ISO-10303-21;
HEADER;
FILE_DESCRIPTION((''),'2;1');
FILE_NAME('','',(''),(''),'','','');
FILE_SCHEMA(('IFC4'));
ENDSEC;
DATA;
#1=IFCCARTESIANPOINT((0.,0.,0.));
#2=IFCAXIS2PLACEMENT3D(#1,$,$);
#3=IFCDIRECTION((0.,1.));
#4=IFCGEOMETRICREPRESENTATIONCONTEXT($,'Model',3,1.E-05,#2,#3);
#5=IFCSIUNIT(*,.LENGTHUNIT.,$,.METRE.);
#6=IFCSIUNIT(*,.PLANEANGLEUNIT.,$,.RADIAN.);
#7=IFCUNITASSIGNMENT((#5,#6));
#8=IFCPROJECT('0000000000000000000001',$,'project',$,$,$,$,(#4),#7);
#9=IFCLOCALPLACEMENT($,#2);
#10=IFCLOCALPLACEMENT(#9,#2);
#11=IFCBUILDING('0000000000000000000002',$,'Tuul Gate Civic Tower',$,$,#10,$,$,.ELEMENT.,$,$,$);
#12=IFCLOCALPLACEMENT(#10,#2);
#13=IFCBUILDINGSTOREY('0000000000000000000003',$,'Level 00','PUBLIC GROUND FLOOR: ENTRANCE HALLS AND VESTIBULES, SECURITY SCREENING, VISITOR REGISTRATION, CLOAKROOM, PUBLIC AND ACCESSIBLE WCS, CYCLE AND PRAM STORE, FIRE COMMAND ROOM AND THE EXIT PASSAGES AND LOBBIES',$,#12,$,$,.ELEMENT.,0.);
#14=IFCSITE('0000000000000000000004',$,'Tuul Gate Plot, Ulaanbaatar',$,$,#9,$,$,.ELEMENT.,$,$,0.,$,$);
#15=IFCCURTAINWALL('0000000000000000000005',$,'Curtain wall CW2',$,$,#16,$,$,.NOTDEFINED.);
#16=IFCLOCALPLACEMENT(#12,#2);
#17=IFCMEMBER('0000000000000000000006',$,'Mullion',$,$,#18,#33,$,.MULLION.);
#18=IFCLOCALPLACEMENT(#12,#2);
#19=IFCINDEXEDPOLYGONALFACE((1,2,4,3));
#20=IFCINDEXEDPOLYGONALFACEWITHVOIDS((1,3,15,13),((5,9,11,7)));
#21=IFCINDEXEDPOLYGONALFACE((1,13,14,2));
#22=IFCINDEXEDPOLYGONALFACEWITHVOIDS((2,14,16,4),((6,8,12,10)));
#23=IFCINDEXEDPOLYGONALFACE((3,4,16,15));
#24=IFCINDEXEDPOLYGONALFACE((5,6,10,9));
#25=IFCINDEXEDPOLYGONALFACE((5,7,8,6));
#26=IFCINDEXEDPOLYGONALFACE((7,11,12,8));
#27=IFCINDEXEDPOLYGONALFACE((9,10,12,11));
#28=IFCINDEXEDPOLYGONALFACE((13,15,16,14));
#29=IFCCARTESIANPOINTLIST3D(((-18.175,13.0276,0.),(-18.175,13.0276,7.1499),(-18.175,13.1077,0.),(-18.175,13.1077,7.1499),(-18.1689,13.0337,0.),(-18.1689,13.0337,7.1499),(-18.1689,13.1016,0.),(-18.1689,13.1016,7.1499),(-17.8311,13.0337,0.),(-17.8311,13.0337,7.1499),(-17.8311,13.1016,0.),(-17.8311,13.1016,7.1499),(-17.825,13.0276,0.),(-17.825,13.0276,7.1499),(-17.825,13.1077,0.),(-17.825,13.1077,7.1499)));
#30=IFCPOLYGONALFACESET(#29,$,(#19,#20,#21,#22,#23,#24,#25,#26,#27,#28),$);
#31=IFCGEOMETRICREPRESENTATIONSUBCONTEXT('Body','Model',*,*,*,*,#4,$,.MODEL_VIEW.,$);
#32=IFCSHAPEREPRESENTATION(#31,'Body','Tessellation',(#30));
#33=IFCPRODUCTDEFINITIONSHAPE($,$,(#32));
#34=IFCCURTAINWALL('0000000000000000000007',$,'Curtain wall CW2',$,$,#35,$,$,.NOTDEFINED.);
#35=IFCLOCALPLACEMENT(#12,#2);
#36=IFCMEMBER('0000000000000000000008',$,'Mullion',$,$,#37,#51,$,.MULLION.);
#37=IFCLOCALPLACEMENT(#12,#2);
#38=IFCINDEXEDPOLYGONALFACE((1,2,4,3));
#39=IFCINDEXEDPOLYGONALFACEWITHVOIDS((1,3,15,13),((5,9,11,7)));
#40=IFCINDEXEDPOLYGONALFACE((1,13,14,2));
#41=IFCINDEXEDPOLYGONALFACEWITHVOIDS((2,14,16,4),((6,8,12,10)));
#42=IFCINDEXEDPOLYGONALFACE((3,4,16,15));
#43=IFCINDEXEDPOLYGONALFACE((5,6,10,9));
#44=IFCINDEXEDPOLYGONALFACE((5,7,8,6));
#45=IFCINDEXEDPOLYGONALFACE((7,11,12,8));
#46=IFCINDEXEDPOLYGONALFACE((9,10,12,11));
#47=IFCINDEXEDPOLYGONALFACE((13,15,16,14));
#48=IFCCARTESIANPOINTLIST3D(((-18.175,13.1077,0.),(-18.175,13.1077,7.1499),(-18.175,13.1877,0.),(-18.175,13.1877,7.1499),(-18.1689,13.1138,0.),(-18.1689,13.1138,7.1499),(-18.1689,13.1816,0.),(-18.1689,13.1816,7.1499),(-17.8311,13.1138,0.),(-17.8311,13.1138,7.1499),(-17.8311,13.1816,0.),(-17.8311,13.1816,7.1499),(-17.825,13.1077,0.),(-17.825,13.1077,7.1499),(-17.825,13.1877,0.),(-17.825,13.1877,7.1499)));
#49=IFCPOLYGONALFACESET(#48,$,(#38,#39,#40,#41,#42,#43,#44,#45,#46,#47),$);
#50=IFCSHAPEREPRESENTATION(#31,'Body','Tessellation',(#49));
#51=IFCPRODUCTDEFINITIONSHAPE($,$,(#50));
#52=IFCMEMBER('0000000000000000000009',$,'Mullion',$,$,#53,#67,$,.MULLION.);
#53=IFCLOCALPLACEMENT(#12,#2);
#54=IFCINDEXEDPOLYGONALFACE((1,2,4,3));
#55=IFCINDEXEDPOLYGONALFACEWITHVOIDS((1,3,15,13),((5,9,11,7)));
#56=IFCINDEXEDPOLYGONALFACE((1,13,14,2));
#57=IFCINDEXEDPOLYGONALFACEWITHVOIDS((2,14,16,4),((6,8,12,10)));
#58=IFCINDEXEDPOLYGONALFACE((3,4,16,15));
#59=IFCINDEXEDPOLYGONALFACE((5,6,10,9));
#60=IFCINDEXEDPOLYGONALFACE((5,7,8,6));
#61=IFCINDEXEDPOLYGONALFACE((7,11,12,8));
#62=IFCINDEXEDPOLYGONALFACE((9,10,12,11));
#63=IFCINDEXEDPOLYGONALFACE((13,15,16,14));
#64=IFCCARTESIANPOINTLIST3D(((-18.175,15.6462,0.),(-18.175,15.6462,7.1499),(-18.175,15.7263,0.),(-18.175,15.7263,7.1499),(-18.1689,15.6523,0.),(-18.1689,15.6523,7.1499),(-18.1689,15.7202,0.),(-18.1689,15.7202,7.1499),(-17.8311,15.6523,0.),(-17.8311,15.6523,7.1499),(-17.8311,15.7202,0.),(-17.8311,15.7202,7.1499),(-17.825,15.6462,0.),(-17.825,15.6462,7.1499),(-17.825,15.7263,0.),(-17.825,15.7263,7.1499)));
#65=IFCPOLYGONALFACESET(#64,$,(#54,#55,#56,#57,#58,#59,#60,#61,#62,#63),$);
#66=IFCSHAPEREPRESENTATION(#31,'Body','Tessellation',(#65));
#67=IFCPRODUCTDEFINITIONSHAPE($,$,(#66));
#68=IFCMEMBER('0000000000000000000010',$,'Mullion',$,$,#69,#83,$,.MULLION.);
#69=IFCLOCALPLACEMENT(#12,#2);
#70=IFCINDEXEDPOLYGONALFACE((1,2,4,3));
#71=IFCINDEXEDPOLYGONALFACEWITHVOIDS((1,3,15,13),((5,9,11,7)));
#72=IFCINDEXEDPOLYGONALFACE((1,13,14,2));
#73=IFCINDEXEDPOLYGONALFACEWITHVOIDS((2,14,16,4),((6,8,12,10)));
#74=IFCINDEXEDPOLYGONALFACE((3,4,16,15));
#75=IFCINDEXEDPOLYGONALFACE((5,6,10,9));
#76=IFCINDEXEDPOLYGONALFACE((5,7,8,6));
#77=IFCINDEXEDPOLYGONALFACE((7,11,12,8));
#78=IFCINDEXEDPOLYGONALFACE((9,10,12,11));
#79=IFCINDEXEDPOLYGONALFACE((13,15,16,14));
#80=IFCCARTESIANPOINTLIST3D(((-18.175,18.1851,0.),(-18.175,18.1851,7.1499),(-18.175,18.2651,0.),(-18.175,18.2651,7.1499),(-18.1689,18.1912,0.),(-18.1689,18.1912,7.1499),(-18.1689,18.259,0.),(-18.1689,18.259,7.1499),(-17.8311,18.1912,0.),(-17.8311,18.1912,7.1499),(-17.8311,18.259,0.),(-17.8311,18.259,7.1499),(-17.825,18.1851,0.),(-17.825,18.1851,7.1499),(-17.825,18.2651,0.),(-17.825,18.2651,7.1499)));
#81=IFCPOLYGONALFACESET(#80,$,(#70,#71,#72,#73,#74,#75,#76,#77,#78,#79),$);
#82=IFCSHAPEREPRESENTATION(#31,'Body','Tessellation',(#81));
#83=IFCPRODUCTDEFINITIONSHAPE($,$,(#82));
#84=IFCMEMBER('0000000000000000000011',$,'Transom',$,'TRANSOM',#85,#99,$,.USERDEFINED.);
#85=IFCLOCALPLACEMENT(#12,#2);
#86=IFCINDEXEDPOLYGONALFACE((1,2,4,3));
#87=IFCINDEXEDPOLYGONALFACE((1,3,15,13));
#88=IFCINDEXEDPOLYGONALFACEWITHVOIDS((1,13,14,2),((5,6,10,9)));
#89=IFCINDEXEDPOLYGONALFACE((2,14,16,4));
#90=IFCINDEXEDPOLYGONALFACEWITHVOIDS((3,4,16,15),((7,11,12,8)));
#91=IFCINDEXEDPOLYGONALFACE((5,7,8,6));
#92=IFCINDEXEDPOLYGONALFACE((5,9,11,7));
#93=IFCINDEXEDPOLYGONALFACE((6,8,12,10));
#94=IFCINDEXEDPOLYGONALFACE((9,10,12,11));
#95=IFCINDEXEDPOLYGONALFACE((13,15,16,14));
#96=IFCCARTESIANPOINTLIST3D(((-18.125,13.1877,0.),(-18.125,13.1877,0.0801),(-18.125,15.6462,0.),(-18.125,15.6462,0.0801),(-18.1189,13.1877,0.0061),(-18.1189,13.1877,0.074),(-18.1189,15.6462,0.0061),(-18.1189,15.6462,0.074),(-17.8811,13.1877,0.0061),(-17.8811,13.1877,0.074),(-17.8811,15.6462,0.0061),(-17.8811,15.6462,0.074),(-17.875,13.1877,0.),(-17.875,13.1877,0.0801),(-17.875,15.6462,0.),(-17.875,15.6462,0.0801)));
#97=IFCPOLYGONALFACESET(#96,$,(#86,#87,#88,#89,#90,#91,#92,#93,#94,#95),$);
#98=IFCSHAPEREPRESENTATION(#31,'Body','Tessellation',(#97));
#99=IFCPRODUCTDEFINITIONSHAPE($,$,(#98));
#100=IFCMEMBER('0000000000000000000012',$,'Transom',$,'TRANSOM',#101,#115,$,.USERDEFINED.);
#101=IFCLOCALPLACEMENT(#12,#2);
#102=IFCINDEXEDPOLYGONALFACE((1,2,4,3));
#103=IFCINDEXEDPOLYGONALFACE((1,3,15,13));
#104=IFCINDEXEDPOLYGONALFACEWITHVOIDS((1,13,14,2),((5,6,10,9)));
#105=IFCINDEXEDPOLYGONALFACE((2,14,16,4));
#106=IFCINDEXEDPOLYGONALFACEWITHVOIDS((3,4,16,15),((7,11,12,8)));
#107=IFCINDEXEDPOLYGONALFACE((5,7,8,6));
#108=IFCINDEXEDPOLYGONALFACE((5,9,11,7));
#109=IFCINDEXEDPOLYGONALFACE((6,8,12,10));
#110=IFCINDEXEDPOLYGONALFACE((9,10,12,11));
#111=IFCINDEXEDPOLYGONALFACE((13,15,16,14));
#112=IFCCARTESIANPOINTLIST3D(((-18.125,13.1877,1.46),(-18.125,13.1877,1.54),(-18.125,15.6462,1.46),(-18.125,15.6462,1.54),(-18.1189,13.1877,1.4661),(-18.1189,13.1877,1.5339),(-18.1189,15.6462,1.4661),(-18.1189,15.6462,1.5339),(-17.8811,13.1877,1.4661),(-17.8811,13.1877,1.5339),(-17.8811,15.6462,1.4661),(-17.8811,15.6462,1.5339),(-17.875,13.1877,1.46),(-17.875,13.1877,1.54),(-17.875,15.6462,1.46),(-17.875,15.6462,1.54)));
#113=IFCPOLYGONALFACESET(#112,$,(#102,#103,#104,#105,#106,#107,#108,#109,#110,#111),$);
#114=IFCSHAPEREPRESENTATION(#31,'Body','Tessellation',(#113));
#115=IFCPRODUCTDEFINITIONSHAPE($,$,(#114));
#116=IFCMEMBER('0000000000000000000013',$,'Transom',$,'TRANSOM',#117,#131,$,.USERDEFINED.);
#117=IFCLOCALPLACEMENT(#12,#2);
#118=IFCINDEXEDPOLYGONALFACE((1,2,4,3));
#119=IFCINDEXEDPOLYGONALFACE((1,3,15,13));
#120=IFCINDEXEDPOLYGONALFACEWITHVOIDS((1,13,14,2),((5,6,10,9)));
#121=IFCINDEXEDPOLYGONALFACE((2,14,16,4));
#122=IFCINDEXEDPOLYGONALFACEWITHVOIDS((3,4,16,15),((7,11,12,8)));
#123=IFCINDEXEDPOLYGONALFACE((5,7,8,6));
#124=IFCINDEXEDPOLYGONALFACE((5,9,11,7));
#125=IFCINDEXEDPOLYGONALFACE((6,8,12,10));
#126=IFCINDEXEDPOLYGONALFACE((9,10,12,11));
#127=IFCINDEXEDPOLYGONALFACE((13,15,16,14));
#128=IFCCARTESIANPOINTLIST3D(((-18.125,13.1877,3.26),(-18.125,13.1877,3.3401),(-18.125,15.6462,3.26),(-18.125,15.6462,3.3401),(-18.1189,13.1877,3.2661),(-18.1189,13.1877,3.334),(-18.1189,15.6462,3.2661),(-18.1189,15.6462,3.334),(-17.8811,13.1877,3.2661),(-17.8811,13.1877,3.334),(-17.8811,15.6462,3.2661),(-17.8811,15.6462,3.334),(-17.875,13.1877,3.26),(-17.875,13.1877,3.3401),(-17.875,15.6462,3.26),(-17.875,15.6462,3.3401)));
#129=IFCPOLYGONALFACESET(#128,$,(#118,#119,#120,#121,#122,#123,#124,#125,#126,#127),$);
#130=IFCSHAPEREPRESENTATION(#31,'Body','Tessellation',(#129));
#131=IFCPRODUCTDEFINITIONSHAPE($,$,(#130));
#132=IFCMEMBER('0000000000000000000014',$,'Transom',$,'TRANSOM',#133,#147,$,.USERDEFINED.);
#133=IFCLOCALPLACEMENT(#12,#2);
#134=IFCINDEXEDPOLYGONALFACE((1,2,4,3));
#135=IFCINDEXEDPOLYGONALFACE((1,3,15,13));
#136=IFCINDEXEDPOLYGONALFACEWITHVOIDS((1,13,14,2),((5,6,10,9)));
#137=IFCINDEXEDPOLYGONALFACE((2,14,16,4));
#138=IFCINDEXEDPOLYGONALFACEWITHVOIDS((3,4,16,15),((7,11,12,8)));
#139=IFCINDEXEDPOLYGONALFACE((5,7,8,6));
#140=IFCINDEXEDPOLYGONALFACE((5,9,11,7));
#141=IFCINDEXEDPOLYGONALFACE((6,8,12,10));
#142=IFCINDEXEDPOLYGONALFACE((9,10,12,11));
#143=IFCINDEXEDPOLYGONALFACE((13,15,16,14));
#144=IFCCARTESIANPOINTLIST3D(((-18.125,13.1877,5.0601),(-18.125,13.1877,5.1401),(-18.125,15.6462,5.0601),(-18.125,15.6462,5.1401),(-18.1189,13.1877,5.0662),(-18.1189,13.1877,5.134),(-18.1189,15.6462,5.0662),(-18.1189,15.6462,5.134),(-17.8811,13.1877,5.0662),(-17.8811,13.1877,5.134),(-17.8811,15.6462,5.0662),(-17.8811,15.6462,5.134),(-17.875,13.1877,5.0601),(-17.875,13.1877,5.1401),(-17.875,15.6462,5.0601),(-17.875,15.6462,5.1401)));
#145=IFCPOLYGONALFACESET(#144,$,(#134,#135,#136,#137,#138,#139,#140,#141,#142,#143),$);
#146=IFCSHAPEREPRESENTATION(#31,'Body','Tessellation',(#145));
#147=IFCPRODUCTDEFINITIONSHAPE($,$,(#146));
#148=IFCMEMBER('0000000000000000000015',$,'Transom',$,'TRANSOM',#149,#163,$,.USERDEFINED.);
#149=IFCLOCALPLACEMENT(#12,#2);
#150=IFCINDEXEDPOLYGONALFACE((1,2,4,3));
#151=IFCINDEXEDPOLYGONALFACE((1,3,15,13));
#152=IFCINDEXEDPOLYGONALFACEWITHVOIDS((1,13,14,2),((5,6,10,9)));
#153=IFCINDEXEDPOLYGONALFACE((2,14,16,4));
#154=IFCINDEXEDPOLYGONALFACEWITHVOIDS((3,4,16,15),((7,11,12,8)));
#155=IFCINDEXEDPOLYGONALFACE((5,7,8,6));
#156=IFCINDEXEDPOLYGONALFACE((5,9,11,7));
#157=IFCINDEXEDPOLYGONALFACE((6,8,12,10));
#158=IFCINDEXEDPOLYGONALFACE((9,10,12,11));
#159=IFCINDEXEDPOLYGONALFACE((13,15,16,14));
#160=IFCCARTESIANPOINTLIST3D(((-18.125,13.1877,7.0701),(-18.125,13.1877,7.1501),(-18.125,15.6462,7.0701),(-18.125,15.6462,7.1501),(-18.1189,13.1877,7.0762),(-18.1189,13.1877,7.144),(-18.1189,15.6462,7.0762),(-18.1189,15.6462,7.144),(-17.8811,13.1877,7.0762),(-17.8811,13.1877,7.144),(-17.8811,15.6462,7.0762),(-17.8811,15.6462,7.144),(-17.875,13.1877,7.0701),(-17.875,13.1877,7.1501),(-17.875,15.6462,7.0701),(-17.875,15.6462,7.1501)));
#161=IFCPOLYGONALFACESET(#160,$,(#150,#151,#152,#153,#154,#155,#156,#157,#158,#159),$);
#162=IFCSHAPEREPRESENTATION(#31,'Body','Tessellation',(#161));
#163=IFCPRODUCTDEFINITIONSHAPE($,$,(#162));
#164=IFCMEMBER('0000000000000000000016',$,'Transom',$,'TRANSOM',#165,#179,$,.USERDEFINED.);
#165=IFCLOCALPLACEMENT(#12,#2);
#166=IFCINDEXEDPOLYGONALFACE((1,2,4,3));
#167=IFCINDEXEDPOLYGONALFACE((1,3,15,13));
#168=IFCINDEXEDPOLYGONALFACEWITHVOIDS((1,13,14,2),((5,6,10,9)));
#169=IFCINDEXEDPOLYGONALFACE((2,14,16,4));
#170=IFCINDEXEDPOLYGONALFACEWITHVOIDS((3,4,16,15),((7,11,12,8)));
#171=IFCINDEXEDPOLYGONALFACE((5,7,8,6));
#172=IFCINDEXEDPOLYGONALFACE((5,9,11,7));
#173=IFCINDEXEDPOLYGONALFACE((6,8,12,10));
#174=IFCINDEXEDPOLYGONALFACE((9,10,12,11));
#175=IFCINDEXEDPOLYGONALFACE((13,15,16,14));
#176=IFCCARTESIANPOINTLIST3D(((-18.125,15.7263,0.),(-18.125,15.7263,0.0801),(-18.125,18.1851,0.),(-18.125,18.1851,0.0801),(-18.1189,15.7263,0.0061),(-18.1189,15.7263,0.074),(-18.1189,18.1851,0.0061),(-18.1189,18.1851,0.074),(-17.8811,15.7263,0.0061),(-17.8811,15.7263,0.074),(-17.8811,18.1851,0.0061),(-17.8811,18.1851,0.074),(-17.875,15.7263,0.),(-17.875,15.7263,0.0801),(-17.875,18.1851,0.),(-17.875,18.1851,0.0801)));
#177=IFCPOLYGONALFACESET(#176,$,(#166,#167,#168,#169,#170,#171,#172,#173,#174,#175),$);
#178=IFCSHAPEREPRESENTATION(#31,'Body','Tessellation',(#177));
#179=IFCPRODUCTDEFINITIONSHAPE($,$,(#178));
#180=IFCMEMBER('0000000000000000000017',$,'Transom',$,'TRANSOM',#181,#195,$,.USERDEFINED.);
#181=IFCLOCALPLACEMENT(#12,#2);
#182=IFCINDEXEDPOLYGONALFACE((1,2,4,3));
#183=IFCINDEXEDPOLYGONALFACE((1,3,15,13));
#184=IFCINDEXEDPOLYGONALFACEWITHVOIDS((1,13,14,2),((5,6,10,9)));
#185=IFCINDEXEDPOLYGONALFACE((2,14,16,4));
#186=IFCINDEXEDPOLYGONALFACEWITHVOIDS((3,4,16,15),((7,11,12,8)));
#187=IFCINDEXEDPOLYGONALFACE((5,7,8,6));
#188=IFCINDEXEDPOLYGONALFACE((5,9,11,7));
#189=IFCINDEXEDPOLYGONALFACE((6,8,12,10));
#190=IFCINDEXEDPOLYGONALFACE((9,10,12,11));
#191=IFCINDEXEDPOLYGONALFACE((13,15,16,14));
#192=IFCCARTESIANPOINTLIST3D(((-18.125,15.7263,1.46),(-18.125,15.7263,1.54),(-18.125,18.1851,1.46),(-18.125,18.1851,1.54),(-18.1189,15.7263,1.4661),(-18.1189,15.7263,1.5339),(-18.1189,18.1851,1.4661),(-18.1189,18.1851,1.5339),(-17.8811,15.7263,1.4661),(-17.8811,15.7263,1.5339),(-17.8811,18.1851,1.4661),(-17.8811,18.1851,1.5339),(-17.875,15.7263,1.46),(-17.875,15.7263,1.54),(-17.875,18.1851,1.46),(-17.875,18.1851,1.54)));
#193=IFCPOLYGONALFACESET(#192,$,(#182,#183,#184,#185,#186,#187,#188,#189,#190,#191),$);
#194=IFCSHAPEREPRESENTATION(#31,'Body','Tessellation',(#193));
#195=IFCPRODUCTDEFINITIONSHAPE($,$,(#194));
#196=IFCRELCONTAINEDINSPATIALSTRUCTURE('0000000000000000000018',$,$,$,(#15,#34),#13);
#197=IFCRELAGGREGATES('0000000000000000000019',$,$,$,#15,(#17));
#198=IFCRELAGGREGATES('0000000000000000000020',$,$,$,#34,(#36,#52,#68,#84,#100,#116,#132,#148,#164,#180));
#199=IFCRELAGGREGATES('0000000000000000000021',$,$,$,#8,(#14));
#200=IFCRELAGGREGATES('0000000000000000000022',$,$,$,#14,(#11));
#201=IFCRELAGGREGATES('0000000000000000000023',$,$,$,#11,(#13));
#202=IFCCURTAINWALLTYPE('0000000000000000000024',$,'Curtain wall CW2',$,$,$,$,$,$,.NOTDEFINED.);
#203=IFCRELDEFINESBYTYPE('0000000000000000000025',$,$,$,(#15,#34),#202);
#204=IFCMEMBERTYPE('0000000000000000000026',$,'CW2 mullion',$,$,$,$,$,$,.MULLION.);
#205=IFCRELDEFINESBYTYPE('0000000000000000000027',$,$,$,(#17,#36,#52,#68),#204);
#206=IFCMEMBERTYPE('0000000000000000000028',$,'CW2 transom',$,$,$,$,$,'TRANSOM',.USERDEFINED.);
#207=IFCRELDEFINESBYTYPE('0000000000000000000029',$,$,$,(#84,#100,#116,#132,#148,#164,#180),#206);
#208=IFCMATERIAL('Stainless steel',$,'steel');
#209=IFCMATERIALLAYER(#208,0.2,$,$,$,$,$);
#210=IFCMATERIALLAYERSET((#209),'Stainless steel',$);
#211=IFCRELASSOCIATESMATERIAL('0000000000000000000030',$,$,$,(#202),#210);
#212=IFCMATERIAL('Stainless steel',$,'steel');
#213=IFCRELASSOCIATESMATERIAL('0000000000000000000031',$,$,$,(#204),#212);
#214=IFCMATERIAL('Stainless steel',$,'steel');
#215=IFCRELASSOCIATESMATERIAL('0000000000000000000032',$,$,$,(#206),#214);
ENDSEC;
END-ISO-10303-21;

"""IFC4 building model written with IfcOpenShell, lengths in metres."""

from ifc_helpers import new_model, si_unit, direction, frame, origin, origin_2d, place, context, subcontext, project, spatial, hollow_rectangle, extrude, material, layer, layer_set, material_profile, profile_set, type_object, element, aggregate, save


model = new_model("IFC4")

# Units and contexts
model_context = context("Model", 3, precision=1e-05, world=origin(), true_north=direction((0.0, 1.0)))
body_context = subcontext(model_context, "Body", "Model", "MODEL_VIEW")
ifc_project = project(units=[si_unit("LENGTHUNIT", "METRE"), si_unit("PLANEANGLEUNIT", "RADIAN")], contexts=[model_context])

# Site, building, storey
site_placement = place(None, origin())
site = spatial("IfcSite", under=ifc_project, at=site_placement, Name="Tuul Gate Plot, Ulaanbaatar", CompositionType="ELEMENT", RefElevation=0.0)
building_placement = place(site_placement, origin())
building = spatial("IfcBuilding", under=site, at=building_placement, Name="Tuul Gate Civic Tower", CompositionType="ELEMENT")
storey_placement = place(building_placement, origin())
storey = spatial("IfcBuildingStorey", under=building, at=storey_placement, Name="Level 00", Description="PUBLIC GROUND FLOOR: ENTRANCE HALLS AND VESTIBULES, SECURITY SCREENING, VISITOR REGISTRATION, CLOAKROOM, PUBLIC AND ACCESSIBLE WCS, CYCLE AND PRAM STORE, FIRE COMMAND ROOM AND THE EXIT PASSAGES AND LOBBIES", CompositionType="ELEMENT", Elevation=0.0)

# Curtain wall, member
ifc_material_1 = material(Name="Stainless steel", Category="steel")
ifc_layer_1 = layer(ifc_material_1, 0.2)
ifc_layer_set_1 = layer_set([ifc_layer_1], Name="Stainless steel")
curtain_wall_type = type_object("IfcCurtainWallType", Name="Curtain wall CW2", PredefinedType="NOTDEFINED", material=ifc_layer_set_1)
curtain_wall_1_placement = place(storey_placement, origin())
curtain_wall_1 = element("IfcCurtainWall", 1, at=curtain_wall_1_placement, inside=storey, type_object=curtain_wall_type, Name="Curtain wall CW2", PredefinedType="NOTDEFINED")
ifc_material_2 = material(Name="Stainless steel", Category="steel")
ifc_material_profile_1 = material_profile(ifc_material_2, hollow_rectangle(XDim=0.3501, YDim=0.0801, WallThickness=0.0061, at=origin_2d()), Name="CW2 mullion")
ifc_profile_set_1 = profile_set([ifc_material_profile_1], Name="Stainless steel")
member_type_1 = type_object("IfcMemberType", Name="CW2 mullion", PredefinedType="MULLION", material=ifc_profile_set_1)
member_1_placement = place(storey_placement, frame((-18.0, 13.0676, 0.0), z_axis=(0.0, 0.0, 1.0), x_axis=(-1.0, 0.0, 0.0)))
member_1 = element("IfcMember", 2, at=member_1_placement, type_object=member_type_1, Name="Mullion", PredefinedType="MULLION", context=body_context, shape_type="SweptSolid", body=[
    extrude(hollow_rectangle(XDim=0.3501, YDim=0.0801, WallThickness=0.0061, at=origin_2d()), origin(), (0.0, 0.0, 1.0), 7.1499),
])

# Curtain wall, members
curtain_wall_2_placement = place(storey_placement, origin())
curtain_wall_2 = element("IfcCurtainWall", 3, at=curtain_wall_2_placement, inside=storey, type_object=curtain_wall_type, Name="Curtain wall CW2", PredefinedType="NOTDEFINED")
member_2_placement = place(storey_placement, frame((-18.0, 13.1477, 0.0), z_axis=(0.0, 0.0, 1.0), x_axis=(-1.0, 0.0, 0.0)))
member_2 = element("IfcMember", 4, at=member_2_placement, type_object=member_type_1, Name="Mullion", PredefinedType="MULLION", context=body_context, shape_type="SweptSolid", body=[
    extrude(hollow_rectangle(XDim=0.3501, YDim=0.0801, WallThickness=0.0061, at=origin_2d()), origin(), (0.0, 0.0, 1.0), 7.1499),
])
member_3_placement = place(storey_placement, frame((-18.0, 15.6863, 0.0), z_axis=(0.0, 0.0, 1.0), x_axis=(-1.0, 0.0, 0.0)))
member_3 = element("IfcMember", 5, at=member_3_placement, type_object=member_type_1, Name="Mullion", PredefinedType="MULLION", context=body_context, shape_type="SweptSolid", body=[
    extrude(hollow_rectangle(XDim=0.3501, YDim=0.0801, WallThickness=0.0061, at=origin_2d()), origin(), (0.0, 0.0, 1.0), 7.1499),
])
member_4_placement = place(storey_placement, frame((-18.0, 18.2251, 0.0), z_axis=(0.0, 0.0, 1.0), x_axis=(-1.0, 0.0, 0.0)))
member_4 = element("IfcMember", 6, at=member_4_placement, type_object=member_type_1, Name="Mullion", PredefinedType="MULLION", context=body_context, shape_type="SweptSolid", body=[
    extrude(hollow_rectangle(XDim=0.3501, YDim=0.0801, WallThickness=0.0061, at=origin_2d()), origin(), (0.0, 0.0, 1.0), 7.1499),
])
ifc_material_3 = material(Name="Stainless steel", Category="steel")
ifc_material_profile_2 = material_profile(ifc_material_3, hollow_rectangle(XDim=0.25, YDim=0.0801, WallThickness=0.0061, at=origin_2d()), Name="CW2 transom")
ifc_profile_set_2 = profile_set([ifc_material_profile_2], Name="Stainless steel")
member_type_2 = type_object("IfcMemberType", Name="CW2 transom", ElementType="TRANSOM", PredefinedType="USERDEFINED", material=ifc_profile_set_2)
member_5_placement = place(storey_placement, frame((-18.0, 13.1877, 0.04), z_axis=(0.0, 1.0, 0.0), x_axis=(-1.0, 0.0, 0.0)))
member_5 = element("IfcMember", 7, at=member_5_placement, type_object=member_type_2, Name="Transom", ObjectType="TRANSOM", PredefinedType="USERDEFINED", context=body_context, shape_type="SweptSolid", body=[
    extrude(hollow_rectangle(XDim=0.25, YDim=0.0801, WallThickness=0.0061, at=origin_2d()), origin(), (0.0, 0.0, 1.0), 2.4585),
])
member_6_placement = place(storey_placement, frame((-18.0, 13.1877, 1.5), z_axis=(0.0, 1.0, 0.0), x_axis=(-1.0, 0.0, 0.0)))
member_6 = element("IfcMember", 8, at=member_6_placement, type_object=member_type_2, Name="Transom", ObjectType="TRANSOM", PredefinedType="USERDEFINED", context=body_context, shape_type="SweptSolid", body=[
    extrude(hollow_rectangle(XDim=0.25, YDim=0.0801, WallThickness=0.0061, at=origin_2d()), origin(), (0.0, 0.0, 1.0), 2.4585),
])
member_7_placement = place(storey_placement, frame((-18.0, 13.1877, 3.3), z_axis=(0.0, 1.0, 0.0), x_axis=(-1.0, 0.0, 0.0)))
member_7 = element("IfcMember", 9, at=member_7_placement, type_object=member_type_2, Name="Transom", ObjectType="TRANSOM", PredefinedType="USERDEFINED", context=body_context, shape_type="SweptSolid", body=[
    extrude(hollow_rectangle(XDim=0.25, YDim=0.0801, WallThickness=0.0061, at=origin_2d()), origin(), (0.0, 0.0, 1.0), 2.4585),
])
member_8_placement = place(storey_placement, frame((-18.0, 13.1877, 5.1001), z_axis=(0.0, 1.0, 0.0), x_axis=(-1.0, 0.0, 0.0)))
member_8 = element("IfcMember", 10, at=member_8_placement, type_object=member_type_2, Name="Transom", ObjectType="TRANSOM", PredefinedType="USERDEFINED", context=body_context, shape_type="SweptSolid", body=[
    extrude(hollow_rectangle(XDim=0.25, YDim=0.0801, WallThickness=0.0061, at=origin_2d()), origin(), (0.0, 0.0, 1.0), 2.4585),
])
member_9_placement = place(storey_placement, frame((-18.0, 13.1877, 7.1101), z_axis=(0.0, 1.0, 0.0), x_axis=(-1.0, 0.0, 0.0)))
member_9 = element("IfcMember", 11, at=member_9_placement, type_object=member_type_2, Name="Transom", ObjectType="TRANSOM", PredefinedType="USERDEFINED", context=body_context, shape_type="SweptSolid", body=[
    extrude(hollow_rectangle(XDim=0.25, YDim=0.0801, WallThickness=0.0061, at=origin_2d()), origin(), (0.0, 0.0, 1.0), 2.4585),
])
member_10_placement = place(storey_placement, frame((-18.0, 15.7263, 0.04), z_axis=(0.0, 1.0, 0.0), x_axis=(-1.0, 0.0, 0.0)))
member_10 = element("IfcMember", 12, at=member_10_placement, type_object=member_type_2, Name="Transom", ObjectType="TRANSOM", PredefinedType="USERDEFINED", context=body_context, shape_type="SweptSolid", body=[
    extrude(hollow_rectangle(XDim=0.25, YDim=0.0801, WallThickness=0.0061, at=origin_2d()), origin(), (0.0, 0.0, 1.0), 2.4587),
])
member_11_placement = place(storey_placement, frame((-18.0, 15.7263, 1.5), z_axis=(0.0, 1.0, 0.0), x_axis=(-1.0, 0.0, 0.0)))
member_11 = element("IfcMember", 13, at=member_11_placement, type_object=member_type_2, Name="Transom", ObjectType="TRANSOM", PredefinedType="USERDEFINED", context=body_context, shape_type="SweptSolid", body=[
    extrude(hollow_rectangle(XDim=0.25, YDim=0.0801, WallThickness=0.0061, at=origin_2d()), origin(), (0.0, 0.0, 1.0), 2.4587),
])

aggregate(curtain_wall_1, [member_1])
aggregate(curtain_wall_2, [member_2, member_3, member_4, member_5, member_6, member_7, member_8, member_9, member_10, member_11])

save(model, "model.ifc")
